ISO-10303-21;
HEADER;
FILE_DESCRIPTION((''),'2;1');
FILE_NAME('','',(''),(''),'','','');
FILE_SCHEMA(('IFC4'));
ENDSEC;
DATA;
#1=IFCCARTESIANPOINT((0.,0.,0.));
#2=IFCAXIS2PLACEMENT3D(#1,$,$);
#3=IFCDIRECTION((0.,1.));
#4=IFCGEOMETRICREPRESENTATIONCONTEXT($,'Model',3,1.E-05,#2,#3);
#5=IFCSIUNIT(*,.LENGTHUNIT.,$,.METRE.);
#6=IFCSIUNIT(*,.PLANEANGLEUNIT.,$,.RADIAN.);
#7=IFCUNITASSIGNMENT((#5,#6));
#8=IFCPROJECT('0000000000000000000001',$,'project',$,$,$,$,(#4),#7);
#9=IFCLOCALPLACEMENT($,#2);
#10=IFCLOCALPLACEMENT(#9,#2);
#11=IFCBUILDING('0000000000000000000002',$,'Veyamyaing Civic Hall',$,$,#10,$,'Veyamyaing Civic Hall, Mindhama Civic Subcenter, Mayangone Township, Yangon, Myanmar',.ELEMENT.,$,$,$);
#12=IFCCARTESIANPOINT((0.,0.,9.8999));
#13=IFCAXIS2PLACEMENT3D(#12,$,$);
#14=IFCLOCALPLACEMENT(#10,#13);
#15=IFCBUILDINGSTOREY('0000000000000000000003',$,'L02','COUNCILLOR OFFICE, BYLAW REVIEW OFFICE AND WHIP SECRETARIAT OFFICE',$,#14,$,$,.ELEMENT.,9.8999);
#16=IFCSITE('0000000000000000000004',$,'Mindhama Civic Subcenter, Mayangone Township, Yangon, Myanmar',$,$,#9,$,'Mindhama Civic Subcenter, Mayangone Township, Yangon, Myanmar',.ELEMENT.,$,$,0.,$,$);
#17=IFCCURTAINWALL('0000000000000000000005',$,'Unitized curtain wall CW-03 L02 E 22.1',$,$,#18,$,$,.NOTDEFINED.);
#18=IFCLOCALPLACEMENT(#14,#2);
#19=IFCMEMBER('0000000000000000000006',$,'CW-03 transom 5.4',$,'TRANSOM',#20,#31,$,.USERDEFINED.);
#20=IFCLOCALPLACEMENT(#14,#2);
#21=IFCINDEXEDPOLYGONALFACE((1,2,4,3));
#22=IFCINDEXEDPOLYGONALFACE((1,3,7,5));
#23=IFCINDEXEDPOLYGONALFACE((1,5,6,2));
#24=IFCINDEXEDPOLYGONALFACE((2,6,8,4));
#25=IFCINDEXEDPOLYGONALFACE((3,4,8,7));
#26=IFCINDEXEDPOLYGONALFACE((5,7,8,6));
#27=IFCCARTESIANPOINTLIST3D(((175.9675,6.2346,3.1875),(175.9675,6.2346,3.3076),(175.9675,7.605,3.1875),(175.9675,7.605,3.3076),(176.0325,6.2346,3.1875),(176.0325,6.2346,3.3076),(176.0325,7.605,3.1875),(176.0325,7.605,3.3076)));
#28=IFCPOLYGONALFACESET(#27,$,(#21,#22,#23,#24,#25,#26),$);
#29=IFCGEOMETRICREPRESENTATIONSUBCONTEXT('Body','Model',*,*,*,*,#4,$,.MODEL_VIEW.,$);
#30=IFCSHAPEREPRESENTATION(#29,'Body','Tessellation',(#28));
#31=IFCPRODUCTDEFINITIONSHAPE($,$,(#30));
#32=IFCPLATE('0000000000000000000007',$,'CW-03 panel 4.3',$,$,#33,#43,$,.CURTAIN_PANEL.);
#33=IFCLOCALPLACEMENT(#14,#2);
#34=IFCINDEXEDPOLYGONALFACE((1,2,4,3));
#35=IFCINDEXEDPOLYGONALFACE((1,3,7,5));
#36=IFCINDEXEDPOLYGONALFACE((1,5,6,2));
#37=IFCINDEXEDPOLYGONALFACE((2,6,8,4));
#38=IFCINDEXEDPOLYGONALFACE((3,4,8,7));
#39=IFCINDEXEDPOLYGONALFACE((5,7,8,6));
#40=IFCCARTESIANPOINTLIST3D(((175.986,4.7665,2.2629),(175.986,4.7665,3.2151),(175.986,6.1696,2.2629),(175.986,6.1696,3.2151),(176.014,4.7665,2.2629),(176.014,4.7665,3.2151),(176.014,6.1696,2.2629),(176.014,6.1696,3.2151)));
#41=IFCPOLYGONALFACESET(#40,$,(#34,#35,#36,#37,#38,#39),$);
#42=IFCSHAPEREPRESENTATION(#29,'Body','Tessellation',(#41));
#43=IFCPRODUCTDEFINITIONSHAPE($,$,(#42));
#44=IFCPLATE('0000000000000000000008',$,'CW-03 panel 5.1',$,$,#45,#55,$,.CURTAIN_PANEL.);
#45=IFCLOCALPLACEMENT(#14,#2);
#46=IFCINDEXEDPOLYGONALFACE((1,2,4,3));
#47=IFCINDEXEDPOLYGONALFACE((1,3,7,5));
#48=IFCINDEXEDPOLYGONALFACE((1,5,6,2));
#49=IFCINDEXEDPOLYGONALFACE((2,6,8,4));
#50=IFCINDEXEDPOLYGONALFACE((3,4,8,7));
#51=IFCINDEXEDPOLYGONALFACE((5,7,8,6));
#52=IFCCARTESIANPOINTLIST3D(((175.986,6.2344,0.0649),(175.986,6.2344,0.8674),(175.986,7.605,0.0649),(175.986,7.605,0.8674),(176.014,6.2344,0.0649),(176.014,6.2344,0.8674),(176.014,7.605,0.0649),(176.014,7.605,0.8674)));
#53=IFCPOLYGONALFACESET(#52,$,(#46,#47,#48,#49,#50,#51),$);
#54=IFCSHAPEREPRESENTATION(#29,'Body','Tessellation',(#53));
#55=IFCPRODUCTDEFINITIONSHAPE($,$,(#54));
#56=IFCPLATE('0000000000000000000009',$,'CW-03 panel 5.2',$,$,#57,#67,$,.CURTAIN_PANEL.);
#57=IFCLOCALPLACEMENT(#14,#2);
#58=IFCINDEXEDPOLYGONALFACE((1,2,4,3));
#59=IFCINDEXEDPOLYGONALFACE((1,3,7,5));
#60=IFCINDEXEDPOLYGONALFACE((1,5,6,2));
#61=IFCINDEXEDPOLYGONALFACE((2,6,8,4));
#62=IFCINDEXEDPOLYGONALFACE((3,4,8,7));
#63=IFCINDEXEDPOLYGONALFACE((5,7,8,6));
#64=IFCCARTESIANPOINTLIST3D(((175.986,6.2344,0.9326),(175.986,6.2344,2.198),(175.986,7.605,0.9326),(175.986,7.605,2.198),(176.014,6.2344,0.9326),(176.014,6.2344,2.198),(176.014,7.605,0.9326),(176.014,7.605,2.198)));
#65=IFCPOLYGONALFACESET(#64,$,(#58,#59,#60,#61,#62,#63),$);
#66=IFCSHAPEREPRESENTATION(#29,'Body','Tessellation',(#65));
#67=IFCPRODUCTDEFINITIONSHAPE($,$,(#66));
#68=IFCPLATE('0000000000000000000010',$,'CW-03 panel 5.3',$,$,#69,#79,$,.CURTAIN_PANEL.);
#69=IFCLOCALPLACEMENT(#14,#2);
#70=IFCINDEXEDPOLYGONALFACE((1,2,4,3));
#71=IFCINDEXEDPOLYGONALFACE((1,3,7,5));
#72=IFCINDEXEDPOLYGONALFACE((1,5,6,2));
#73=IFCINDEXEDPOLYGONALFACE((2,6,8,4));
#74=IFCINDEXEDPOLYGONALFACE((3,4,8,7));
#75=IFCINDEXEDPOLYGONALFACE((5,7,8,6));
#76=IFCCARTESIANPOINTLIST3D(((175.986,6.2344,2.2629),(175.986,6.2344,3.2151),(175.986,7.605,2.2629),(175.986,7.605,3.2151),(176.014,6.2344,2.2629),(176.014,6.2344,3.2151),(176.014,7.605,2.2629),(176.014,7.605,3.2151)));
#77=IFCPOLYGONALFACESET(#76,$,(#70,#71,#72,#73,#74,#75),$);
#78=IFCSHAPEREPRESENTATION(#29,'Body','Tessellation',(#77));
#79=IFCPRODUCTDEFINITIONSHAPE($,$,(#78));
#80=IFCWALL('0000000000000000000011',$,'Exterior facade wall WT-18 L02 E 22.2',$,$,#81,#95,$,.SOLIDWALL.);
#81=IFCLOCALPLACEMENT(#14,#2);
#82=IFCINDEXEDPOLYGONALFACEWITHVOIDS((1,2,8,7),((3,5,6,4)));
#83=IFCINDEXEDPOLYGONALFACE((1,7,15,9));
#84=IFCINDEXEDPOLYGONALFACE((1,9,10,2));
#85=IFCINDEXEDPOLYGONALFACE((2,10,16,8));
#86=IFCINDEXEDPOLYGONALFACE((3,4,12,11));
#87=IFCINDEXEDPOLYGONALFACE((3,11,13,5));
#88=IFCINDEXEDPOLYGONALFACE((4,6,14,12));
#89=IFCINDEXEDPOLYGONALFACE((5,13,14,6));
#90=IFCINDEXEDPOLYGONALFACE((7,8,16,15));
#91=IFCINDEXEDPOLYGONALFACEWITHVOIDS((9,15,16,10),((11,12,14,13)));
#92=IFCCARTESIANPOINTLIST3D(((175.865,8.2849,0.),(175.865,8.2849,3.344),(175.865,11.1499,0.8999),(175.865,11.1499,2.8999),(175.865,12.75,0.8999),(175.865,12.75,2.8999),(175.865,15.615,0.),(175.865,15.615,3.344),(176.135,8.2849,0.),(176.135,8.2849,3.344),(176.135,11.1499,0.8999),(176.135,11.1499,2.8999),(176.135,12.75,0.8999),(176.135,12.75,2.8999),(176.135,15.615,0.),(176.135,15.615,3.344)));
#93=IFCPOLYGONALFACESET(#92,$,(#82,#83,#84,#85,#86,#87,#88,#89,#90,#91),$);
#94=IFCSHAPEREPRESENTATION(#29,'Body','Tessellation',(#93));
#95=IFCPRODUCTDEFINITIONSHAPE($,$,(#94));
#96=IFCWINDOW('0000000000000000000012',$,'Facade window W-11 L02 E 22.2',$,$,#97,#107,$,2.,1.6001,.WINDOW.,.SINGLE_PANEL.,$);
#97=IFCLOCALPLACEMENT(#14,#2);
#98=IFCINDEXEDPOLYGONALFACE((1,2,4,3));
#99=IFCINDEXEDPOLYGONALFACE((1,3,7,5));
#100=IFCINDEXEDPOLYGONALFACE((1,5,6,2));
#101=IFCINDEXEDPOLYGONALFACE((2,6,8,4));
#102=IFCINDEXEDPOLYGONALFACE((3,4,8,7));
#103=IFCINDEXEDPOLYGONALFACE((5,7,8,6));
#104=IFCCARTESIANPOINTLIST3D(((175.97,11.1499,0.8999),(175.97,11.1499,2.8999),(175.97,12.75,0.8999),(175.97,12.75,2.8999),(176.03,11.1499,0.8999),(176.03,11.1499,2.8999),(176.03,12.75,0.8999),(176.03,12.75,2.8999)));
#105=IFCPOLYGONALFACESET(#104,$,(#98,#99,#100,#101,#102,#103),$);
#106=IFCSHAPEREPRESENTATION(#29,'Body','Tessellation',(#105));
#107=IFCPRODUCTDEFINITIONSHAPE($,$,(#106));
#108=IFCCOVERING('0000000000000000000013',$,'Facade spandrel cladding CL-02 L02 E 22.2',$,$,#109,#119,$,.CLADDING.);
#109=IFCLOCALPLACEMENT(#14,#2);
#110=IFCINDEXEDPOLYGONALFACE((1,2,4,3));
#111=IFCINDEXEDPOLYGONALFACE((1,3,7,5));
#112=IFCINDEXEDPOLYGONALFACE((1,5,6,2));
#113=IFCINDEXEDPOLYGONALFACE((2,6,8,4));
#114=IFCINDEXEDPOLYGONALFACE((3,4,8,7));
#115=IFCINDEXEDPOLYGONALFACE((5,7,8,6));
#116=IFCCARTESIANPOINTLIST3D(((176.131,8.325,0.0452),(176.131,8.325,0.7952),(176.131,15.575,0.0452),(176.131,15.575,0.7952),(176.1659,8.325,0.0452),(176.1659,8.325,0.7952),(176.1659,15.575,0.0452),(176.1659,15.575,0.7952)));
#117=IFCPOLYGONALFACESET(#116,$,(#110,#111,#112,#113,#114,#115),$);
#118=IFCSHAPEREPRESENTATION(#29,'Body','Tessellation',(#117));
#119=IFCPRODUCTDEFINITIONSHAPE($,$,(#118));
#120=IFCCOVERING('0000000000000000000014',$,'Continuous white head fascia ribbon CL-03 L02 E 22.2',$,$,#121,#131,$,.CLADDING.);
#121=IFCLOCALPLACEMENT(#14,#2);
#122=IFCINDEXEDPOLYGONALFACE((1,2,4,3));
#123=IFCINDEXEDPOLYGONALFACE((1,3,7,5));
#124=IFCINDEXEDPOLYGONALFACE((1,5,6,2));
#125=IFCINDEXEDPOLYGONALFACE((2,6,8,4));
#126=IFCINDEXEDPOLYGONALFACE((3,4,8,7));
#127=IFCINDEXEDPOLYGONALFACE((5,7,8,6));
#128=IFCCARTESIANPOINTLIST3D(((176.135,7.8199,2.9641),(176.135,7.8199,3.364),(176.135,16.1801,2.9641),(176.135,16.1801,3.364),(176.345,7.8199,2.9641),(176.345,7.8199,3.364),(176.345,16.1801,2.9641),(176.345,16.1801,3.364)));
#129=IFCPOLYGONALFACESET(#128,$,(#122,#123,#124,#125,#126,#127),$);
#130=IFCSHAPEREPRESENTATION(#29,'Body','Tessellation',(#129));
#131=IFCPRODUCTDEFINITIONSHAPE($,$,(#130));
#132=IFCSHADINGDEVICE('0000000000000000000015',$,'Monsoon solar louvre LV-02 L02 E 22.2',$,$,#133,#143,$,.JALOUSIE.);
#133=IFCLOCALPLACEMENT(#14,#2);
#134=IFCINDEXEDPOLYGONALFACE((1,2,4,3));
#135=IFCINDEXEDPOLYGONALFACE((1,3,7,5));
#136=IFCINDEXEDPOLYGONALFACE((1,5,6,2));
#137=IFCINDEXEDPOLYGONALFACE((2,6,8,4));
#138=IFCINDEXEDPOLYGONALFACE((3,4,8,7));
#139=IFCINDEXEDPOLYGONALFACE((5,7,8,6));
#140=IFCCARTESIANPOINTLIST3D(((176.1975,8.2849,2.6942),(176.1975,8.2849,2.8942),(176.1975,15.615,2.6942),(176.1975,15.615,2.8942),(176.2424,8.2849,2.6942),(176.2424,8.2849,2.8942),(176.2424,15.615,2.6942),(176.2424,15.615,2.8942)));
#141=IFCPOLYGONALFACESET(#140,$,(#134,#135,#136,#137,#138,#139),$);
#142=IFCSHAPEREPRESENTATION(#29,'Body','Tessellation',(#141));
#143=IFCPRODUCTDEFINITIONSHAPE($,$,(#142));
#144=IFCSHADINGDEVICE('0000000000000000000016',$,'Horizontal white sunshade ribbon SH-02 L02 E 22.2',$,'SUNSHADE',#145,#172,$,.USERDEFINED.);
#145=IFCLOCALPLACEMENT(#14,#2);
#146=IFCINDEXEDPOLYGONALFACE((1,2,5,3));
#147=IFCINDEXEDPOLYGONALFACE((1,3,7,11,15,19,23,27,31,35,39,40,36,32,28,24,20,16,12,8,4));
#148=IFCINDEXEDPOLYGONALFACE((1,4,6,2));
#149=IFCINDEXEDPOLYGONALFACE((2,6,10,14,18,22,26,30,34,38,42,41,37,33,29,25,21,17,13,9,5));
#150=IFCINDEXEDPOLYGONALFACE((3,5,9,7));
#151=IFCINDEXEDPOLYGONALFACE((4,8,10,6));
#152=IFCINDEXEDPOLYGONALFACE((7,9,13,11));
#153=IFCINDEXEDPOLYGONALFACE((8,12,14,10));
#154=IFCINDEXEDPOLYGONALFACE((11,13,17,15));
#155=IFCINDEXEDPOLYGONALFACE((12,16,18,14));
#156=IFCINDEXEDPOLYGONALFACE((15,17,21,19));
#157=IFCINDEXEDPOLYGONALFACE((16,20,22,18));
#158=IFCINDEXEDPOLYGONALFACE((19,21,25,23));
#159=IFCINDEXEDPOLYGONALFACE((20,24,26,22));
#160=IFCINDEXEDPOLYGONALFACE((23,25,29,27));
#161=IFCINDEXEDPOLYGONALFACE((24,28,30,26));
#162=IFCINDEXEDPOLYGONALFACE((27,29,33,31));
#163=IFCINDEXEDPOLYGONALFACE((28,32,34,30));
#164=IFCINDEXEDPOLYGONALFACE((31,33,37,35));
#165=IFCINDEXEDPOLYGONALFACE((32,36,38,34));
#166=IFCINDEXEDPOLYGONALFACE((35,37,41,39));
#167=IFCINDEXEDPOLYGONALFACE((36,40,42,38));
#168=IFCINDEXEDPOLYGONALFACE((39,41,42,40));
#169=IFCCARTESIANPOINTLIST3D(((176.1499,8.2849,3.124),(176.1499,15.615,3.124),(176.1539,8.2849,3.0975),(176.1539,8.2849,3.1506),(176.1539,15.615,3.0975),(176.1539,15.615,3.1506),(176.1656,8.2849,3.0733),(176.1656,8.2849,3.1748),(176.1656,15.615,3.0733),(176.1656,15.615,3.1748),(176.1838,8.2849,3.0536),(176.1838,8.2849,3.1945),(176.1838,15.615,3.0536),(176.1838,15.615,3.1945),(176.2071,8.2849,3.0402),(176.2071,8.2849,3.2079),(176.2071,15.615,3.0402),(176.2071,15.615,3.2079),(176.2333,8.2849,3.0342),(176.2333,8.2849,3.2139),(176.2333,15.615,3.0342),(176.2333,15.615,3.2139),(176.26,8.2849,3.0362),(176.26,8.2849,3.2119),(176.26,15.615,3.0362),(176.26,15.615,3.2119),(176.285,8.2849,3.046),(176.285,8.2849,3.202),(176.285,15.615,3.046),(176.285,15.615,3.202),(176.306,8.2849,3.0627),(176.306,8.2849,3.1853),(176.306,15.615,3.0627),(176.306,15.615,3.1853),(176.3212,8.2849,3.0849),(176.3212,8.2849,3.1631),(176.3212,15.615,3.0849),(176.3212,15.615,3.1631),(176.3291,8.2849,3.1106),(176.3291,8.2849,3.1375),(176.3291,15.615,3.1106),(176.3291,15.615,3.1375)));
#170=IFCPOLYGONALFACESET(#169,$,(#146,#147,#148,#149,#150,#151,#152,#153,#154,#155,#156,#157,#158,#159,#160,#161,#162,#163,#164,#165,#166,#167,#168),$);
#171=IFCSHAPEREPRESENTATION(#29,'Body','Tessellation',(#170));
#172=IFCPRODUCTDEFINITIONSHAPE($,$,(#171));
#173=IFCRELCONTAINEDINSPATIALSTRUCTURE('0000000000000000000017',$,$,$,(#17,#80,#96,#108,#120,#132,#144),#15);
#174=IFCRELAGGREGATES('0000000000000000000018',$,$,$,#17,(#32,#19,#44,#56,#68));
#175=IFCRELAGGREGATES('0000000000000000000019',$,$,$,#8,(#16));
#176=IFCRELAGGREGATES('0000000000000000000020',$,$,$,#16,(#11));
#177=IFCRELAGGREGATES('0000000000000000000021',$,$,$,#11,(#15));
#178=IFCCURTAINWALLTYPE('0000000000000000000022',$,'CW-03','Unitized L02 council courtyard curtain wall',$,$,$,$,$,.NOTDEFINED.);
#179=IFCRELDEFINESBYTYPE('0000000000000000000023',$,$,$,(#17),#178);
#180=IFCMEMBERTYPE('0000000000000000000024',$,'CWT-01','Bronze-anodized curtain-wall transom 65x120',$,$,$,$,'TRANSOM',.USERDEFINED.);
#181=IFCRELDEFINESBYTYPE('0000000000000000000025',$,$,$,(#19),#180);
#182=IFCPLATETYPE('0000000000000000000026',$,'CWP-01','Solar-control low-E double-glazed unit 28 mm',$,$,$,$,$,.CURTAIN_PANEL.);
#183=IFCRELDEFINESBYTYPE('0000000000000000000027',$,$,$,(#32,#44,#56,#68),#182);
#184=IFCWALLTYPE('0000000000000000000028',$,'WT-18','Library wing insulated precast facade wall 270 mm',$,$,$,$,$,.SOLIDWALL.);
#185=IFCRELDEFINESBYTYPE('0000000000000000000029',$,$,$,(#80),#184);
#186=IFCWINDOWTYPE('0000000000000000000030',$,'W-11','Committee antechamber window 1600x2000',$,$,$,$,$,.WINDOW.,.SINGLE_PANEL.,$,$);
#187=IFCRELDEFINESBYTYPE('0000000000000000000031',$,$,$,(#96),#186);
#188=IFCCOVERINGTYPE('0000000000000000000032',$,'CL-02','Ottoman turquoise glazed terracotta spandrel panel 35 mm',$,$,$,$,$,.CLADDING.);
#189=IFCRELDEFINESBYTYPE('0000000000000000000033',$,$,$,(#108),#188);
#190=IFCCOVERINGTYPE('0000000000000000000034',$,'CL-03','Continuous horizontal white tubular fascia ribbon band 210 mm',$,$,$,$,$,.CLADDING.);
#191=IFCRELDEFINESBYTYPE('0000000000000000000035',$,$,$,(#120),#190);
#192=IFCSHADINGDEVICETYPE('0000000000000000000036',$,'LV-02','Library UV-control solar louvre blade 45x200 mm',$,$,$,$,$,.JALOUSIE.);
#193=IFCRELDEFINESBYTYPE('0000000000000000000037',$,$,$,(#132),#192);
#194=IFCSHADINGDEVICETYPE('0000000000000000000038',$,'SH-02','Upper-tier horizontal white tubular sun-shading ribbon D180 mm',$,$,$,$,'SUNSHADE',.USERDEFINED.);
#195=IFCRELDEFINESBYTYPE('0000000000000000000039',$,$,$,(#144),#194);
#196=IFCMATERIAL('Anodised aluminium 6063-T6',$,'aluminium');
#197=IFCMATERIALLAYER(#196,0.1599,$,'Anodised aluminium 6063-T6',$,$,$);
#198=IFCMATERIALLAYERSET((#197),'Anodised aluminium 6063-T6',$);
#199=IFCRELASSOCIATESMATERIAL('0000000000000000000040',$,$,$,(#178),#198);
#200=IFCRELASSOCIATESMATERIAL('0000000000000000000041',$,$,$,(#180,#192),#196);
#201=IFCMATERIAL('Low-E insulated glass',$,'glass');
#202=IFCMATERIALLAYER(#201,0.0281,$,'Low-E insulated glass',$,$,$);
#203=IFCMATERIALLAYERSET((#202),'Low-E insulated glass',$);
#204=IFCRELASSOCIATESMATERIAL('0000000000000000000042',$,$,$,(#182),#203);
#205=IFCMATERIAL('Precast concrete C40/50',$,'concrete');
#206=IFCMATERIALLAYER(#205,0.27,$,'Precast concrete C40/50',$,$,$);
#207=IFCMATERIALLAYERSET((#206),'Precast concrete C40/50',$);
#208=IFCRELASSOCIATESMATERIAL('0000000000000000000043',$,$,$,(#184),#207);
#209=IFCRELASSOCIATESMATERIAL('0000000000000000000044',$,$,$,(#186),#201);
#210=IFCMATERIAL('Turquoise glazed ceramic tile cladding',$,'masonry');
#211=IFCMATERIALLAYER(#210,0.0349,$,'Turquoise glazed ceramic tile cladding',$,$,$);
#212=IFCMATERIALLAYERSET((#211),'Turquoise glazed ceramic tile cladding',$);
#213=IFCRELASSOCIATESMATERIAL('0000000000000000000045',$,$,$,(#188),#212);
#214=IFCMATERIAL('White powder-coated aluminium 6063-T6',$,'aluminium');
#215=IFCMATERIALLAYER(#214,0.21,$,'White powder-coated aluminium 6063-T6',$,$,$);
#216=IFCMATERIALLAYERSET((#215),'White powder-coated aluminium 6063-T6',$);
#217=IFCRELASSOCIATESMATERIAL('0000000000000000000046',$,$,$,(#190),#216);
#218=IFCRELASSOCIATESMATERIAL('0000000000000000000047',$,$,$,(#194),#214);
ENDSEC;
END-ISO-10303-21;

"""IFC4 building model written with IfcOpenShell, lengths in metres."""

from ifc_helpers import new_model, si_unit, direction, frame, frame_2d, origin, origin_2d, place, context, subcontext, project, spatial, rectangle, circle, extrude, material, layer, layer_set, material_profile, profile_set, type_object, element, fill, aggregate, save


model = new_model("IFC4")

# Units and contexts
model_context = context("Model", 3, precision=1e-05, world=origin(), true_north=direction((0.0, 1.0)))
body_context = subcontext(model_context, "Body", "Model", "MODEL_VIEW")
ifc_project = project(units=[si_unit("LENGTHUNIT", "METRE"), si_unit("PLANEANGLEUNIT", "RADIAN")], contexts=[model_context])

# Site, building, storey
site_placement = place(None, origin())
site = spatial("IfcSite", under=ifc_project, at=site_placement, Name="Mindhama Civic Subcenter, Mayangone Township, Yangon, Myanmar", LongName="Mindhama Civic Subcenter, Mayangone Township, Yangon, Myanmar", CompositionType="ELEMENT", RefElevation=0.0)
building_placement = place(site_placement, origin())
building = spatial("IfcBuilding", under=site, at=building_placement, Name="Veyamyaing Civic Hall", LongName="Veyamyaing Civic Hall, Mindhama Civic Subcenter, Mayangone Township, Yangon, Myanmar", CompositionType="ELEMENT")
storey_placement = place(building_placement, frame((0.0, 0.0, 9.8999)))
storey = spatial("IfcBuildingStorey", under=building, at=storey_placement, Name="L02", Description="COUNCILLOR OFFICE, BYLAW REVIEW OFFICE AND WHIP SECRETARIAT OFFICE", CompositionType="ELEMENT", Elevation=9.8999)

# Curtain wall, member, plates
ifc_material_1 = material(Name="Anodised aluminium 6063-T6", Category="aluminium")
ifc_layer_1 = layer(ifc_material_1, 0.1599, Name="Anodised aluminium 6063-T6")
ifc_layer_set_1 = layer_set([ifc_layer_1], Name="Anodised aluminium 6063-T6")
curtain_wall_type = type_object("IfcCurtainWallType", Name="CW-03", Description="Unitized L02 council courtyard curtain wall", PredefinedType="NOTDEFINED", material=ifc_layer_set_1)
curtain_wall_placement = place(storey_placement, origin())
curtain_wall = element("IfcCurtainWall", 1, at=curtain_wall_placement, inside=storey, type_object=curtain_wall_type, Name="Unitized curtain wall CW-03 L02 E 22.1", PredefinedType="NOTDEFINED")
ifc_material_profile_1 = material_profile(ifc_material_1, rectangle(XDim=0.0649, YDim=0.1201, at=origin_2d()), Name="ALU-TRN-65X120")
ifc_profile_set_1 = profile_set([ifc_material_profile_1], Name="Anodised aluminium 6063-T6")
member_type_1 = type_object("IfcMemberType", Name="CWT-01", Description="Bronze-anodized curtain-wall transom 65x120", ElementType="TRANSOM", PredefinedType="USERDEFINED", material=ifc_profile_set_1)
member_1_placement = place(storey_placement, frame((176.0, 6.2346, 3.2476), z_axis=(0.0, 1.0, 0.0), x_axis=(-1.0, 0.0, 0.0)))
member_1 = element("IfcMember", 2, at=member_1_placement, type_object=member_type_1, Name="CW-03 transom 5.4", ObjectType="TRANSOM", PredefinedType="USERDEFINED", context=body_context, shape_type="SweptSolid", body=[
    extrude(rectangle(XDim=0.0649, YDim=0.1201, at=origin_2d()), origin(), (0.0, 0.0, 1.0), 1.3704),
])
ifc_material_2 = material(Name="Low-E insulated glass", Category="glass")
ifc_layer_2 = layer(ifc_material_2, 0.0281, Name="Low-E insulated glass")
ifc_layer_set_2 = layer_set([ifc_layer_2], Name="Low-E insulated glass")
plate_type = type_object("IfcPlateType", Name="CWP-01", Description="Solar-control low-E double-glazed unit 28 mm", PredefinedType="CURTAIN_PANEL", material=ifc_layer_set_2)
plate_1_placement = place(storey_placement, frame((176.0, 5.468, 2.2629), z_axis=(0.0, 0.0, 1.0), x_axis=(0.0, 1.0, 0.0)))
plate_1 = element("IfcPlate", 3, at=plate_1_placement, type_object=plate_type, Name="CW-03 panel 4.3", PredefinedType="CURTAIN_PANEL", context=body_context, shape_type="SweptSolid", body=[
    extrude(rectangle(XDim=1.4031, YDim=0.0281, at=origin_2d()), origin(), (0.0, 0.0, 1.0), 0.9521),
])
plate_2_placement = place(storey_placement, frame((176.0, 6.9197, 0.0649), z_axis=(0.0, 0.0, 1.0), x_axis=(0.0, 1.0, 0.0)))
plate_2 = element("IfcPlate", 4, at=plate_2_placement, type_object=plate_type, Name="CW-03 panel 5.1", PredefinedType="CURTAIN_PANEL", context=body_context, shape_type="SweptSolid", body=[
    extrude(rectangle(XDim=1.3706, YDim=0.0281, at=origin_2d()), origin(), (0.0, 0.0, 1.0), 0.8025),
])
plate_3_placement = place(storey_placement, frame((176.0, 6.9197, 0.9326), z_axis=(0.0, 0.0, 1.0), x_axis=(0.0, 1.0, 0.0)))
plate_3 = element("IfcPlate", 5, at=plate_3_placement, type_object=plate_type, Name="CW-03 panel 5.2", PredefinedType="CURTAIN_PANEL", context=body_context, shape_type="SweptSolid", body=[
    extrude(rectangle(XDim=1.3706, YDim=0.0281, at=origin_2d()), origin(), (0.0, 0.0, 1.0), 1.2654),
])
plate_4_placement = place(storey_placement, frame((176.0, 6.9197, 2.2629), z_axis=(0.0, 0.0, 1.0), x_axis=(0.0, 1.0, 0.0)))
plate_4 = element("IfcPlate", 6, at=plate_4_placement, type_object=plate_type, Name="CW-03 panel 5.3", PredefinedType="CURTAIN_PANEL", context=body_context, shape_type="SweptSolid", body=[
    extrude(rectangle(XDim=1.3706, YDim=0.0281, at=origin_2d()), origin(), (0.0, 0.0, 1.0), 0.9521),
])
aggregate(curtain_wall, [plate_1, member_1, plate_2, plate_3, plate_4])

# Wall, opening, window
ifc_material_3 = material(Name="Precast concrete C40/50", Category="concrete")
ifc_layer_3 = layer(ifc_material_3, 0.27, Name="Precast concrete C40/50")
ifc_layer_set_3 = layer_set([ifc_layer_3], Name="Precast concrete C40/50")
wall_type = type_object("IfcWallType", Name="WT-18", Description="Library wing insulated precast facade wall 270 mm", PredefinedType="SOLIDWALL", material=ifc_layer_set_3)
wall_placement = place(storey_placement, frame((176.0, 8.2849, 0.0), z_axis=(0.0, 0.0, 1.0), x_axis=(0.0, 1.0, 0.0)))
wall = element("IfcWall", 7, at=wall_placement, inside=storey, type_object=wall_type, Name="Exterior facade wall WT-18 L02 E 22.2", PredefinedType="SOLIDWALL", context=body_context, shape_type="SweptSolid", body=[
    extrude(rectangle(XDim=7.3301, YDim=0.27, at=frame_2d((3.665, 0.0))), origin(), (0.0, 0.0, 1.0), 3.344),
])
opening_placement = place(wall_placement, frame((2.865, 0.0, 0.8999)))
opening = element("IfcOpeningElement", 8, at=opening_placement, cuts=wall, PredefinedType="OPENING", context=body_context, shape_type="SweptSolid", body=[
    extrude(rectangle(XDim=1.6001, YDim=2.0, at=frame_2d((0.8, 1.0))), frame((0.0, 0.145, 0.0), z_axis=(0.0, -1.0, 0.0), x_axis=(1.0, 0.0, 0.0)), (0.0, 0.0, 1.0), 0.29),
])
window_type = type_object("IfcWindowType", Name="W-11", Description="Committee antechamber window 1600x2000", PartitioningType="SINGLE_PANEL", PredefinedType="WINDOW", material=ifc_material_2)
window_placement = place(opening_placement, origin())
window = element("IfcWindow", 9, at=window_placement, inside=storey, type_object=window_type, Name="Facade window W-11 L02 E 22.2", OverallHeight=2.0, OverallWidth=1.6001, PartitioningType="SINGLE_PANEL", PredefinedType="WINDOW", context=body_context, shape_type="SweptSolid", body=[
    extrude(rectangle(XDim=1.6001, YDim=2.0, at=frame_2d((0.8, 1.0))), frame((0.0, 0.03, 0.0), z_axis=(0.0, -1.0, 0.0), x_axis=(1.0, 0.0, 0.0)), (0.0, 0.0, 1.0), 0.0601),
])
fill(opening, window)

# Coverings
ifc_material_4 = material(Name="Turquoise glazed ceramic tile cladding", Category="masonry")
ifc_layer_4 = layer(ifc_material_4, 0.0349, Name="Turquoise glazed ceramic tile cladding")
ifc_layer_set_4 = layer_set([ifc_layer_4], Name="Turquoise glazed ceramic tile cladding")
covering_type_1 = type_object("IfcCoveringType", Name="CL-02", Description="Ottoman turquoise glazed terracotta spandrel panel 35 mm", PredefinedType="CLADDING", material=ifc_layer_set_4)
covering_1_placement = place(storey_placement, frame((176.1484, 11.95, 0.0452), z_axis=(0.0, 0.0, 1.0), x_axis=(0.0, 1.0, 0.0)))
element("IfcCovering", 10, at=covering_1_placement, inside=storey, type_object=covering_type_1, Name="Facade spandrel cladding CL-02 L02 E 22.2", PredefinedType="CLADDING", context=body_context, shape_type="SweptSolid", body=[
    extrude(rectangle(XDim=7.25, YDim=0.0349, at=origin_2d()), origin(), (0.0, 0.0, 1.0), 0.75),
])
ifc_material_5 = material(Name="White powder-coated aluminium 6063-T6", Category="aluminium")
ifc_layer_5 = layer(ifc_material_5, 0.21, Name="White powder-coated aluminium 6063-T6")
ifc_layer_set_5 = layer_set([ifc_layer_5], Name="White powder-coated aluminium 6063-T6")
covering_type_2 = type_object("IfcCoveringType", Name="CL-03", Description="Continuous horizontal white tubular fascia ribbon band 210 mm", PredefinedType="CLADDING", material=ifc_layer_set_5)
covering_2_placement = place(storey_placement, frame((176.24, 12.0, 2.9641), z_axis=(0.0, 0.0, 1.0), x_axis=(0.0, 1.0, 0.0)))
element("IfcCovering", 11, at=covering_2_placement, inside=storey, type_object=covering_type_2, Name="Continuous white head fascia ribbon CL-03 L02 E 22.2", PredefinedType="CLADDING", context=body_context, shape_type="SweptSolid", body=[
    extrude(rectangle(XDim=8.3601, YDim=0.21, at=origin_2d()), origin(), (0.0, 0.0, 1.0), 0.3999),
])

# Shading devices
ifc_material_profile_2 = material_profile(ifc_material_1, rectangle(XDim=0.0449, YDim=0.2, at=origin_2d()), Name="LOUVRE-BLADE-45X200")
ifc_profile_set_2 = profile_set([ifc_material_profile_2], Name="Anodised aluminium 6063-T6")
shading_device_type_1 = type_object("IfcShadingDeviceType", Name="LV-02", Description="Library UV-control solar louvre blade 45x200 mm", PredefinedType="JALOUSIE", material=ifc_profile_set_2)
shading_device_1_placement = place(storey_placement, frame((176.22, 8.2849, 2.7942), z_axis=(0.0, 1.0, 0.0), x_axis=(-1.0, 0.0, 0.0)))
element("IfcShadingDevice", 12, at=shading_device_1_placement, inside=storey, type_object=shading_device_type_1, Name="Monsoon solar louvre LV-02 L02 E 22.2", PredefinedType="JALOUSIE", context=body_context, shape_type="SweptSolid", body=[
    extrude(rectangle(XDim=0.0449, YDim=0.2, at=origin_2d()), origin(), (0.0, 0.0, 1.0), 7.3301),
])
ifc_material_profile_3 = material_profile(ifc_material_5, circle(Radius=0.0901, at=origin_2d()), Name="SHADE-TUBE-180")
ifc_profile_set_3 = profile_set([ifc_material_profile_3], Name="White powder-coated aluminium 6063-T6")
shading_device_type_2 = type_object("IfcShadingDeviceType", Name="SH-02", Description="Upper-tier horizontal white tubular sun-shading ribbon D180 mm", ElementType="SUNSHADE", PredefinedType="USERDEFINED", material=ifc_profile_set_3)
shading_device_2_placement = place(storey_placement, frame((176.24, 8.2849, 3.124), z_axis=(0.0, 1.0, 0.0), x_axis=(-1.0, 0.0, 0.0)))
element("IfcShadingDevice", 13, at=shading_device_2_placement, inside=storey, type_object=shading_device_type_2, Name="Horizontal white sunshade ribbon SH-02 L02 E 22.2", ObjectType="SUNSHADE", PredefinedType="USERDEFINED", context=body_context, shape_type="SweptSolid", body=[
    extrude(circle(Radius=0.0901, at=origin_2d()), origin(), (0.0, 0.0, 1.0), 7.3301),
])

save(model, "model.ifc")
